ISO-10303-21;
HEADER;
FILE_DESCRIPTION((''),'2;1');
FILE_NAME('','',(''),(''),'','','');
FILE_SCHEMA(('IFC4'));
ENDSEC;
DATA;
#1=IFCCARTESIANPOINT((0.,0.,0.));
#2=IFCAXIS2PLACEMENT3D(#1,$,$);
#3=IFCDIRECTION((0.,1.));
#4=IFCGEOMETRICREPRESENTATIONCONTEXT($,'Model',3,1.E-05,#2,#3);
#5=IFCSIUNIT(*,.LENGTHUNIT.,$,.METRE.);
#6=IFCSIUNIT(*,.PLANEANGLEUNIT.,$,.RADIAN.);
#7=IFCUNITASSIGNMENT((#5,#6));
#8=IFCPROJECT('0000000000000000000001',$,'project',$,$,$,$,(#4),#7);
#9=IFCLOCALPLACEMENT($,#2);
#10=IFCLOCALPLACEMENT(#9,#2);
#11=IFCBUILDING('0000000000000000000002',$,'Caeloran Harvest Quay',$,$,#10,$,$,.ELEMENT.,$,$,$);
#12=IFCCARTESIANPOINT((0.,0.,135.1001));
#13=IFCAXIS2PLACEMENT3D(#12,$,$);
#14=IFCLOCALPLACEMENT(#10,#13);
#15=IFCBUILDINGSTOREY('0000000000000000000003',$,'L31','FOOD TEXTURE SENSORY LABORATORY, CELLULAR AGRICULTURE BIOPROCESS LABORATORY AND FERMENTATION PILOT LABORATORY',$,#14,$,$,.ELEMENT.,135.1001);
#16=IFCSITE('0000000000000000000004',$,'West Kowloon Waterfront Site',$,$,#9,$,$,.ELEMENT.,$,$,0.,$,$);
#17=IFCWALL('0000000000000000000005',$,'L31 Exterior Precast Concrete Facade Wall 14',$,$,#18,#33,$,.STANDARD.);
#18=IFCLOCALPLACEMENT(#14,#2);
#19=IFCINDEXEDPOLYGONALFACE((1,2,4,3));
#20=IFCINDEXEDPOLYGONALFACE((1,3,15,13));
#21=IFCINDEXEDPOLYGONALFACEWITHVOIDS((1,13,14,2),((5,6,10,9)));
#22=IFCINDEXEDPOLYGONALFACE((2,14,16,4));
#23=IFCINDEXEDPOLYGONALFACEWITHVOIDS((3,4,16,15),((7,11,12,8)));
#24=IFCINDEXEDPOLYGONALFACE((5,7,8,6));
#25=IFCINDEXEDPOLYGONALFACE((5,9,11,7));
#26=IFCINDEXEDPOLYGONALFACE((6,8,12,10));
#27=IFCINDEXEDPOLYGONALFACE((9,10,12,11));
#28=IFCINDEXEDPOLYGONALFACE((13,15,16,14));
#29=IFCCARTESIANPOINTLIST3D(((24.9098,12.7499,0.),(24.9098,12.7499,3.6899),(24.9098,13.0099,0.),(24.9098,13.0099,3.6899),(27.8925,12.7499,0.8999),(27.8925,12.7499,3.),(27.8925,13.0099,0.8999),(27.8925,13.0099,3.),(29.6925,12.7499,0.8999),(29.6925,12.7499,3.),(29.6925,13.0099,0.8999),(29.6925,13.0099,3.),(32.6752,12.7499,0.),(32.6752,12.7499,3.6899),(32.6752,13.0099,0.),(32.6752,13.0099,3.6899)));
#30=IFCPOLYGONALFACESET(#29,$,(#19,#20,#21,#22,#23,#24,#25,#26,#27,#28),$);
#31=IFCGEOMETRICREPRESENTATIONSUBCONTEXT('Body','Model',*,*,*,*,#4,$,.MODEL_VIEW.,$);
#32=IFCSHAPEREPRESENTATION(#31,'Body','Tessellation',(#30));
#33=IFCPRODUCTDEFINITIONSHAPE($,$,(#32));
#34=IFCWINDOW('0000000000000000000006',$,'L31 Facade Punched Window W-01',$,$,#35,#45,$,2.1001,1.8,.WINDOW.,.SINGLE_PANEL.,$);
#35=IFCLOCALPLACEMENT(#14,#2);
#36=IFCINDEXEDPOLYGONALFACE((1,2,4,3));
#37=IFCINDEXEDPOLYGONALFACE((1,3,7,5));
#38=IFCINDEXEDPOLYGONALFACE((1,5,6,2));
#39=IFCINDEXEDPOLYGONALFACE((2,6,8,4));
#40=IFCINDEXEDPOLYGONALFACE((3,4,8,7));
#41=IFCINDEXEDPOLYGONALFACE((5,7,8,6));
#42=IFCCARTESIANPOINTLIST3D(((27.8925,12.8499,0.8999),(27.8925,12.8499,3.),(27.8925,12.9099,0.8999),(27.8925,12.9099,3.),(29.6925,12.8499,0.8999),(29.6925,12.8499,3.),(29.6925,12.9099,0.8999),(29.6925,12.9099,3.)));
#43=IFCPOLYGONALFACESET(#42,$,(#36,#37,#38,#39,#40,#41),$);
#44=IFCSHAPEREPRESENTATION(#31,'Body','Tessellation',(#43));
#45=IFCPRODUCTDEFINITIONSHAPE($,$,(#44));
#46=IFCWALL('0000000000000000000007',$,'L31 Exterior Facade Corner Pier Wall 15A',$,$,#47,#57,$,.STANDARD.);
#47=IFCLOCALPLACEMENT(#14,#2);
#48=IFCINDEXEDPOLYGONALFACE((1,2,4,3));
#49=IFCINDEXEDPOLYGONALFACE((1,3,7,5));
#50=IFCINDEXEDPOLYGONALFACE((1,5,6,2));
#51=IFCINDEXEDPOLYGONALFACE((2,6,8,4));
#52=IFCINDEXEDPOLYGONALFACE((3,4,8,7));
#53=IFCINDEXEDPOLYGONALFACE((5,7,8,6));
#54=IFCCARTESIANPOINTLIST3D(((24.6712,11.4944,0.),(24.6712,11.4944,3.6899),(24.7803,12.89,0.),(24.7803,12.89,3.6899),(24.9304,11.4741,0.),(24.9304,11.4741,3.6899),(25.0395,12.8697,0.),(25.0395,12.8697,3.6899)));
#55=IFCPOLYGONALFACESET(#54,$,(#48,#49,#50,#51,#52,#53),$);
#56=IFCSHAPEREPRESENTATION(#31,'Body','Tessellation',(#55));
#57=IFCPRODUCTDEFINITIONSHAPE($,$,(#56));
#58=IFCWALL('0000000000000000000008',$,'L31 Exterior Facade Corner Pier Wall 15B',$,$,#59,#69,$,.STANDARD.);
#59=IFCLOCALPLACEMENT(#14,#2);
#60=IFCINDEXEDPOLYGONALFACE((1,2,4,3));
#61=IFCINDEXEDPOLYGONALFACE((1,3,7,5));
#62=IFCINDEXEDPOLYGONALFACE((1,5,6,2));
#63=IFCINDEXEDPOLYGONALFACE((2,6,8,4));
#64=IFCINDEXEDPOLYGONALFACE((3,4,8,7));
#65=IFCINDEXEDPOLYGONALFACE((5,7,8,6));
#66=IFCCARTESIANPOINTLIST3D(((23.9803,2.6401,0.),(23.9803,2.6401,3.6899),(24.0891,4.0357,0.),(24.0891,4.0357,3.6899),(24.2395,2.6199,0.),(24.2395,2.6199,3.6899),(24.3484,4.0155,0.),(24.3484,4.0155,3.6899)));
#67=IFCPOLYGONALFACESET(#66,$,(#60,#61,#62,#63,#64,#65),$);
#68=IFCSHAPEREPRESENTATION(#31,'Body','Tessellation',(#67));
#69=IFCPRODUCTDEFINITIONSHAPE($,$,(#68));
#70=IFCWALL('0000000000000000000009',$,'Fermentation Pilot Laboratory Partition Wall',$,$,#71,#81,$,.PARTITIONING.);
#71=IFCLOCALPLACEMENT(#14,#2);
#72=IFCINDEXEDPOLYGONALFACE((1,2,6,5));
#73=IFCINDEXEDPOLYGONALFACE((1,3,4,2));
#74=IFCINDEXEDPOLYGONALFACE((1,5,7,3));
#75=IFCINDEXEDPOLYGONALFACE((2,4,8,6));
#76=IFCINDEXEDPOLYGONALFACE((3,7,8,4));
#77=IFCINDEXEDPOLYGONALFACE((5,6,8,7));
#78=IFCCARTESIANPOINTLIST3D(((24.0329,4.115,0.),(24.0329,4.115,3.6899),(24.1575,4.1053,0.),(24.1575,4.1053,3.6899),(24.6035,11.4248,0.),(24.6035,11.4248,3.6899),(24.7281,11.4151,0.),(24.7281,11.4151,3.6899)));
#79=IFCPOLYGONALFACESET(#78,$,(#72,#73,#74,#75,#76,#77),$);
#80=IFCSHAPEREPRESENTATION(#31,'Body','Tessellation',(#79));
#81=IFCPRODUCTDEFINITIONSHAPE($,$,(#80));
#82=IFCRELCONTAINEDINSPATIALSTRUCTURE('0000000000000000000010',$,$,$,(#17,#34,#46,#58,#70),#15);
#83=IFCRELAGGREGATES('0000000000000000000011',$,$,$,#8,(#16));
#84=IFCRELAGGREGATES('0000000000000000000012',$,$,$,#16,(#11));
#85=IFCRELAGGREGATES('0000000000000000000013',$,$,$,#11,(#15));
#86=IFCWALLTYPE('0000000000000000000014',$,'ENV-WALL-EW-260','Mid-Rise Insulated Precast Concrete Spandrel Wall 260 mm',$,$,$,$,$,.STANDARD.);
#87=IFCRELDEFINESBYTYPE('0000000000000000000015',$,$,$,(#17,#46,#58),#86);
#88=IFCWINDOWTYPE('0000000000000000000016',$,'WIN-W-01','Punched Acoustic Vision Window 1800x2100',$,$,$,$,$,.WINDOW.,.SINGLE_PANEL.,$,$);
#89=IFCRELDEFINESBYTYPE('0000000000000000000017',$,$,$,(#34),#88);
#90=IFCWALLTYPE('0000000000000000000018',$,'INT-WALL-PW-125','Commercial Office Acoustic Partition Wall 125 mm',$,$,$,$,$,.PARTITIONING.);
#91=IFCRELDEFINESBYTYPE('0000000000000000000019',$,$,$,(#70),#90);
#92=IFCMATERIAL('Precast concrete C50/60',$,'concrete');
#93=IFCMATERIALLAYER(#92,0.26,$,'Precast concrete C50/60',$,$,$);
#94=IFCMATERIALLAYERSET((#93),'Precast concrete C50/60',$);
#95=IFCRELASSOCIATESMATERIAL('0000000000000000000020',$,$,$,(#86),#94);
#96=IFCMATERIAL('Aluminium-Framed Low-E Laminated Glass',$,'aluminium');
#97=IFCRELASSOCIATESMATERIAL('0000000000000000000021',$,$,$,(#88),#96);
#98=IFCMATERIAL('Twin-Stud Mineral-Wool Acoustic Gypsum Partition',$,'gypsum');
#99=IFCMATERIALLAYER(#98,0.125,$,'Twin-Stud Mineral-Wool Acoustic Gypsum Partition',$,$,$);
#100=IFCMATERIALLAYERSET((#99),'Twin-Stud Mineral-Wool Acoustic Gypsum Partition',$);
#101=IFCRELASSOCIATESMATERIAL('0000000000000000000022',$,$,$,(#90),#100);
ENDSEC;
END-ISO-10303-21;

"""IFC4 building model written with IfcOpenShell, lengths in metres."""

from ifc_helpers import new_model, si_unit, direction, frame, frame_2d, origin, place, context, subcontext, project, spatial, rectangle, extrude, material, layer, layer_set, type_object, element, fill, save


model = new_model("IFC4")

# Units and contexts
model_context = context("Model", 3, precision=1e-05, world=origin(), true_north=direction((0.0, 1.0)))
body_context = subcontext(model_context, "Body", "Model", "MODEL_VIEW")
ifc_project = project(units=[si_unit("LENGTHUNIT", "METRE"), si_unit("PLANEANGLEUNIT", "RADIAN")], contexts=[model_context])

# Site, building, storey
site_placement = place(None, origin())
site = spatial("IfcSite", under=ifc_project, at=site_placement, Name="West Kowloon Waterfront Site", CompositionType="ELEMENT", RefElevation=0.0)
building_placement = place(site_placement, origin())
building = spatial("IfcBuilding", under=site, at=building_placement, Name="Caeloran Harvest Quay", CompositionType="ELEMENT")
storey_placement = place(building_placement, frame((0.0, 0.0, 135.1001)))
storey = spatial("IfcBuildingStorey", under=building, at=storey_placement, Name="L31", Description="FOOD TEXTURE SENSORY LABORATORY, CELLULAR AGRICULTURE BIOPROCESS LABORATORY AND FERMENTATION PILOT LABORATORY", CompositionType="ELEMENT", Elevation=135.1001)

# Wall, opening, window
ifc_material_1 = material(Name="Precast concrete C50/60", Category="concrete")
ifc_layer_1 = layer(ifc_material_1, 0.26, Name="Precast concrete C50/60")
ifc_layer_set_1 = layer_set([ifc_layer_1], Name="Precast concrete C50/60")
wall_type_1 = type_object("IfcWallType", Name="ENV-WALL-EW-260", Description="Mid-Rise Insulated Precast Concrete Spandrel Wall 260 mm", PredefinedType="STANDARD", material=ifc_layer_set_1)
wall_1_placement = place(storey_placement, frame((32.6753, 12.8799, 0.0), z_axis=(0.0, 0.0, 1.0), x_axis=(-1.0, 0.0, 0.0)))
wall_1 = element("IfcWall", 1, at=wall_1_placement, inside=storey, type_object=wall_type_1, Name="L31 Exterior Precast Concrete Facade Wall 14", PredefinedType="STANDARD", context=body_context, shape_type="SweptSolid", body=[
    extrude(rectangle(XDim=7.7654, YDim=0.26, at=frame_2d((3.8828, 0.0))), origin(), (0.0, 0.0, 1.0), 3.6899),
])
opening_placement = place(wall_1_placement, frame((2.9829, 0.0, 0.8999)))
opening = element("IfcOpeningElement", 2, at=opening_placement, cuts=wall_1, PredefinedType="OPENING", context=body_context, shape_type="SweptSolid", body=[
    extrude(rectangle(XDim=1.8, YDim=2.1001, at=frame_2d((0.8999, 1.05))), frame((0.0, 0.1401, 0.0), z_axis=(0.0, -1.0, 0.0), x_axis=(1.0, 0.0, 0.0)), (0.0, 0.0, 1.0), 0.28),
])
ifc_material_2 = material(Name="Aluminium-Framed Low-E Laminated Glass", Category="aluminium")
window_type = type_object("IfcWindowType", Name="WIN-W-01", Description="Punched Acoustic Vision Window 1800x2100", PartitioningType="SINGLE_PANEL", PredefinedType="WINDOW", material=ifc_material_2)
window_placement = place(opening_placement, origin())
window = element("IfcWindow", 3, at=window_placement, inside=storey, type_object=window_type, Name="L31 Facade Punched Window W-01", OverallHeight=2.1001, OverallWidth=1.8, PartitioningType="SINGLE_PANEL", PredefinedType="WINDOW", context=body_context, shape_type="SweptSolid", body=[
    extrude(rectangle(XDim=1.8, YDim=2.1001, at=frame_2d((0.8999, 1.05))), frame((0.0, 0.03, 0.0), z_axis=(0.0, -1.0, 0.0), x_axis=(1.0, 0.0, 0.0)), (0.0, 0.0, 1.0), 0.0601),
])
fill(opening, window)

# Walls
for number, where, z_axis, x_axis, name in (
    (4, (24.9099, 12.8799, 0.0), (0.0, 0.0, 1.0), (-0.07795, -0.996957, 0.0), "L31 Exterior Facade Corner Pier Wall 15A"),
    (5, (24.2188, 4.0256, 0.0), (0.0, 0.0, 1.0), (-0.077777, -0.996971, 0.0), "L31 Exterior Facade Corner Pier Wall 15B"),
):
    element("IfcWall", number, at=place(storey_placement, frame(where, z_axis=z_axis, x_axis=x_axis)), inside=storey, type_object=wall_type_1, Name=name, PredefinedType="STANDARD", context=body_context, shape_type="SweptSolid", body=[
        extrude(rectangle(XDim=1.3999, YDim=0.26, at=frame_2d((0.7, 0.0))), origin(), (0.0, 0.0, 1.0), 3.6899),
    ])
ifc_material_3 = material(Name="Twin-Stud Mineral-Wool Acoustic Gypsum Partition", Category="gypsum")
ifc_layer_2 = layer(ifc_material_3, 0.125, Name="Twin-Stud Mineral-Wool Acoustic Gypsum Partition")
ifc_layer_set_2 = layer_set([ifc_layer_2], Name="Twin-Stud Mineral-Wool Acoustic Gypsum Partition")
wall_type_2 = type_object("IfcWallType", Name="INT-WALL-PW-125", Description="Commercial Office Acoustic Partition Wall 125 mm", PredefinedType="PARTITIONING", material=ifc_layer_set_2)
wall_2_placement = place(storey_placement, frame((24.6658, 11.4199, 0.0), z_axis=(0.0, 0.0, 1.0), x_axis=(-0.077817, -0.996968, 0.0)))
element("IfcWall", 6, at=wall_2_placement, inside=storey, type_object=wall_type_2, Name="Fermentation Pilot Laboratory Partition Wall", PredefinedType="PARTITIONING", context=body_context, shape_type="SweptSolid", body=[
    extrude(rectangle(XDim=7.332, YDim=0.125, at=frame_2d((3.666, 0.0))), origin(), (0.0, 0.0, 1.0), 3.6899),
])

save(model, "model.ifc")
